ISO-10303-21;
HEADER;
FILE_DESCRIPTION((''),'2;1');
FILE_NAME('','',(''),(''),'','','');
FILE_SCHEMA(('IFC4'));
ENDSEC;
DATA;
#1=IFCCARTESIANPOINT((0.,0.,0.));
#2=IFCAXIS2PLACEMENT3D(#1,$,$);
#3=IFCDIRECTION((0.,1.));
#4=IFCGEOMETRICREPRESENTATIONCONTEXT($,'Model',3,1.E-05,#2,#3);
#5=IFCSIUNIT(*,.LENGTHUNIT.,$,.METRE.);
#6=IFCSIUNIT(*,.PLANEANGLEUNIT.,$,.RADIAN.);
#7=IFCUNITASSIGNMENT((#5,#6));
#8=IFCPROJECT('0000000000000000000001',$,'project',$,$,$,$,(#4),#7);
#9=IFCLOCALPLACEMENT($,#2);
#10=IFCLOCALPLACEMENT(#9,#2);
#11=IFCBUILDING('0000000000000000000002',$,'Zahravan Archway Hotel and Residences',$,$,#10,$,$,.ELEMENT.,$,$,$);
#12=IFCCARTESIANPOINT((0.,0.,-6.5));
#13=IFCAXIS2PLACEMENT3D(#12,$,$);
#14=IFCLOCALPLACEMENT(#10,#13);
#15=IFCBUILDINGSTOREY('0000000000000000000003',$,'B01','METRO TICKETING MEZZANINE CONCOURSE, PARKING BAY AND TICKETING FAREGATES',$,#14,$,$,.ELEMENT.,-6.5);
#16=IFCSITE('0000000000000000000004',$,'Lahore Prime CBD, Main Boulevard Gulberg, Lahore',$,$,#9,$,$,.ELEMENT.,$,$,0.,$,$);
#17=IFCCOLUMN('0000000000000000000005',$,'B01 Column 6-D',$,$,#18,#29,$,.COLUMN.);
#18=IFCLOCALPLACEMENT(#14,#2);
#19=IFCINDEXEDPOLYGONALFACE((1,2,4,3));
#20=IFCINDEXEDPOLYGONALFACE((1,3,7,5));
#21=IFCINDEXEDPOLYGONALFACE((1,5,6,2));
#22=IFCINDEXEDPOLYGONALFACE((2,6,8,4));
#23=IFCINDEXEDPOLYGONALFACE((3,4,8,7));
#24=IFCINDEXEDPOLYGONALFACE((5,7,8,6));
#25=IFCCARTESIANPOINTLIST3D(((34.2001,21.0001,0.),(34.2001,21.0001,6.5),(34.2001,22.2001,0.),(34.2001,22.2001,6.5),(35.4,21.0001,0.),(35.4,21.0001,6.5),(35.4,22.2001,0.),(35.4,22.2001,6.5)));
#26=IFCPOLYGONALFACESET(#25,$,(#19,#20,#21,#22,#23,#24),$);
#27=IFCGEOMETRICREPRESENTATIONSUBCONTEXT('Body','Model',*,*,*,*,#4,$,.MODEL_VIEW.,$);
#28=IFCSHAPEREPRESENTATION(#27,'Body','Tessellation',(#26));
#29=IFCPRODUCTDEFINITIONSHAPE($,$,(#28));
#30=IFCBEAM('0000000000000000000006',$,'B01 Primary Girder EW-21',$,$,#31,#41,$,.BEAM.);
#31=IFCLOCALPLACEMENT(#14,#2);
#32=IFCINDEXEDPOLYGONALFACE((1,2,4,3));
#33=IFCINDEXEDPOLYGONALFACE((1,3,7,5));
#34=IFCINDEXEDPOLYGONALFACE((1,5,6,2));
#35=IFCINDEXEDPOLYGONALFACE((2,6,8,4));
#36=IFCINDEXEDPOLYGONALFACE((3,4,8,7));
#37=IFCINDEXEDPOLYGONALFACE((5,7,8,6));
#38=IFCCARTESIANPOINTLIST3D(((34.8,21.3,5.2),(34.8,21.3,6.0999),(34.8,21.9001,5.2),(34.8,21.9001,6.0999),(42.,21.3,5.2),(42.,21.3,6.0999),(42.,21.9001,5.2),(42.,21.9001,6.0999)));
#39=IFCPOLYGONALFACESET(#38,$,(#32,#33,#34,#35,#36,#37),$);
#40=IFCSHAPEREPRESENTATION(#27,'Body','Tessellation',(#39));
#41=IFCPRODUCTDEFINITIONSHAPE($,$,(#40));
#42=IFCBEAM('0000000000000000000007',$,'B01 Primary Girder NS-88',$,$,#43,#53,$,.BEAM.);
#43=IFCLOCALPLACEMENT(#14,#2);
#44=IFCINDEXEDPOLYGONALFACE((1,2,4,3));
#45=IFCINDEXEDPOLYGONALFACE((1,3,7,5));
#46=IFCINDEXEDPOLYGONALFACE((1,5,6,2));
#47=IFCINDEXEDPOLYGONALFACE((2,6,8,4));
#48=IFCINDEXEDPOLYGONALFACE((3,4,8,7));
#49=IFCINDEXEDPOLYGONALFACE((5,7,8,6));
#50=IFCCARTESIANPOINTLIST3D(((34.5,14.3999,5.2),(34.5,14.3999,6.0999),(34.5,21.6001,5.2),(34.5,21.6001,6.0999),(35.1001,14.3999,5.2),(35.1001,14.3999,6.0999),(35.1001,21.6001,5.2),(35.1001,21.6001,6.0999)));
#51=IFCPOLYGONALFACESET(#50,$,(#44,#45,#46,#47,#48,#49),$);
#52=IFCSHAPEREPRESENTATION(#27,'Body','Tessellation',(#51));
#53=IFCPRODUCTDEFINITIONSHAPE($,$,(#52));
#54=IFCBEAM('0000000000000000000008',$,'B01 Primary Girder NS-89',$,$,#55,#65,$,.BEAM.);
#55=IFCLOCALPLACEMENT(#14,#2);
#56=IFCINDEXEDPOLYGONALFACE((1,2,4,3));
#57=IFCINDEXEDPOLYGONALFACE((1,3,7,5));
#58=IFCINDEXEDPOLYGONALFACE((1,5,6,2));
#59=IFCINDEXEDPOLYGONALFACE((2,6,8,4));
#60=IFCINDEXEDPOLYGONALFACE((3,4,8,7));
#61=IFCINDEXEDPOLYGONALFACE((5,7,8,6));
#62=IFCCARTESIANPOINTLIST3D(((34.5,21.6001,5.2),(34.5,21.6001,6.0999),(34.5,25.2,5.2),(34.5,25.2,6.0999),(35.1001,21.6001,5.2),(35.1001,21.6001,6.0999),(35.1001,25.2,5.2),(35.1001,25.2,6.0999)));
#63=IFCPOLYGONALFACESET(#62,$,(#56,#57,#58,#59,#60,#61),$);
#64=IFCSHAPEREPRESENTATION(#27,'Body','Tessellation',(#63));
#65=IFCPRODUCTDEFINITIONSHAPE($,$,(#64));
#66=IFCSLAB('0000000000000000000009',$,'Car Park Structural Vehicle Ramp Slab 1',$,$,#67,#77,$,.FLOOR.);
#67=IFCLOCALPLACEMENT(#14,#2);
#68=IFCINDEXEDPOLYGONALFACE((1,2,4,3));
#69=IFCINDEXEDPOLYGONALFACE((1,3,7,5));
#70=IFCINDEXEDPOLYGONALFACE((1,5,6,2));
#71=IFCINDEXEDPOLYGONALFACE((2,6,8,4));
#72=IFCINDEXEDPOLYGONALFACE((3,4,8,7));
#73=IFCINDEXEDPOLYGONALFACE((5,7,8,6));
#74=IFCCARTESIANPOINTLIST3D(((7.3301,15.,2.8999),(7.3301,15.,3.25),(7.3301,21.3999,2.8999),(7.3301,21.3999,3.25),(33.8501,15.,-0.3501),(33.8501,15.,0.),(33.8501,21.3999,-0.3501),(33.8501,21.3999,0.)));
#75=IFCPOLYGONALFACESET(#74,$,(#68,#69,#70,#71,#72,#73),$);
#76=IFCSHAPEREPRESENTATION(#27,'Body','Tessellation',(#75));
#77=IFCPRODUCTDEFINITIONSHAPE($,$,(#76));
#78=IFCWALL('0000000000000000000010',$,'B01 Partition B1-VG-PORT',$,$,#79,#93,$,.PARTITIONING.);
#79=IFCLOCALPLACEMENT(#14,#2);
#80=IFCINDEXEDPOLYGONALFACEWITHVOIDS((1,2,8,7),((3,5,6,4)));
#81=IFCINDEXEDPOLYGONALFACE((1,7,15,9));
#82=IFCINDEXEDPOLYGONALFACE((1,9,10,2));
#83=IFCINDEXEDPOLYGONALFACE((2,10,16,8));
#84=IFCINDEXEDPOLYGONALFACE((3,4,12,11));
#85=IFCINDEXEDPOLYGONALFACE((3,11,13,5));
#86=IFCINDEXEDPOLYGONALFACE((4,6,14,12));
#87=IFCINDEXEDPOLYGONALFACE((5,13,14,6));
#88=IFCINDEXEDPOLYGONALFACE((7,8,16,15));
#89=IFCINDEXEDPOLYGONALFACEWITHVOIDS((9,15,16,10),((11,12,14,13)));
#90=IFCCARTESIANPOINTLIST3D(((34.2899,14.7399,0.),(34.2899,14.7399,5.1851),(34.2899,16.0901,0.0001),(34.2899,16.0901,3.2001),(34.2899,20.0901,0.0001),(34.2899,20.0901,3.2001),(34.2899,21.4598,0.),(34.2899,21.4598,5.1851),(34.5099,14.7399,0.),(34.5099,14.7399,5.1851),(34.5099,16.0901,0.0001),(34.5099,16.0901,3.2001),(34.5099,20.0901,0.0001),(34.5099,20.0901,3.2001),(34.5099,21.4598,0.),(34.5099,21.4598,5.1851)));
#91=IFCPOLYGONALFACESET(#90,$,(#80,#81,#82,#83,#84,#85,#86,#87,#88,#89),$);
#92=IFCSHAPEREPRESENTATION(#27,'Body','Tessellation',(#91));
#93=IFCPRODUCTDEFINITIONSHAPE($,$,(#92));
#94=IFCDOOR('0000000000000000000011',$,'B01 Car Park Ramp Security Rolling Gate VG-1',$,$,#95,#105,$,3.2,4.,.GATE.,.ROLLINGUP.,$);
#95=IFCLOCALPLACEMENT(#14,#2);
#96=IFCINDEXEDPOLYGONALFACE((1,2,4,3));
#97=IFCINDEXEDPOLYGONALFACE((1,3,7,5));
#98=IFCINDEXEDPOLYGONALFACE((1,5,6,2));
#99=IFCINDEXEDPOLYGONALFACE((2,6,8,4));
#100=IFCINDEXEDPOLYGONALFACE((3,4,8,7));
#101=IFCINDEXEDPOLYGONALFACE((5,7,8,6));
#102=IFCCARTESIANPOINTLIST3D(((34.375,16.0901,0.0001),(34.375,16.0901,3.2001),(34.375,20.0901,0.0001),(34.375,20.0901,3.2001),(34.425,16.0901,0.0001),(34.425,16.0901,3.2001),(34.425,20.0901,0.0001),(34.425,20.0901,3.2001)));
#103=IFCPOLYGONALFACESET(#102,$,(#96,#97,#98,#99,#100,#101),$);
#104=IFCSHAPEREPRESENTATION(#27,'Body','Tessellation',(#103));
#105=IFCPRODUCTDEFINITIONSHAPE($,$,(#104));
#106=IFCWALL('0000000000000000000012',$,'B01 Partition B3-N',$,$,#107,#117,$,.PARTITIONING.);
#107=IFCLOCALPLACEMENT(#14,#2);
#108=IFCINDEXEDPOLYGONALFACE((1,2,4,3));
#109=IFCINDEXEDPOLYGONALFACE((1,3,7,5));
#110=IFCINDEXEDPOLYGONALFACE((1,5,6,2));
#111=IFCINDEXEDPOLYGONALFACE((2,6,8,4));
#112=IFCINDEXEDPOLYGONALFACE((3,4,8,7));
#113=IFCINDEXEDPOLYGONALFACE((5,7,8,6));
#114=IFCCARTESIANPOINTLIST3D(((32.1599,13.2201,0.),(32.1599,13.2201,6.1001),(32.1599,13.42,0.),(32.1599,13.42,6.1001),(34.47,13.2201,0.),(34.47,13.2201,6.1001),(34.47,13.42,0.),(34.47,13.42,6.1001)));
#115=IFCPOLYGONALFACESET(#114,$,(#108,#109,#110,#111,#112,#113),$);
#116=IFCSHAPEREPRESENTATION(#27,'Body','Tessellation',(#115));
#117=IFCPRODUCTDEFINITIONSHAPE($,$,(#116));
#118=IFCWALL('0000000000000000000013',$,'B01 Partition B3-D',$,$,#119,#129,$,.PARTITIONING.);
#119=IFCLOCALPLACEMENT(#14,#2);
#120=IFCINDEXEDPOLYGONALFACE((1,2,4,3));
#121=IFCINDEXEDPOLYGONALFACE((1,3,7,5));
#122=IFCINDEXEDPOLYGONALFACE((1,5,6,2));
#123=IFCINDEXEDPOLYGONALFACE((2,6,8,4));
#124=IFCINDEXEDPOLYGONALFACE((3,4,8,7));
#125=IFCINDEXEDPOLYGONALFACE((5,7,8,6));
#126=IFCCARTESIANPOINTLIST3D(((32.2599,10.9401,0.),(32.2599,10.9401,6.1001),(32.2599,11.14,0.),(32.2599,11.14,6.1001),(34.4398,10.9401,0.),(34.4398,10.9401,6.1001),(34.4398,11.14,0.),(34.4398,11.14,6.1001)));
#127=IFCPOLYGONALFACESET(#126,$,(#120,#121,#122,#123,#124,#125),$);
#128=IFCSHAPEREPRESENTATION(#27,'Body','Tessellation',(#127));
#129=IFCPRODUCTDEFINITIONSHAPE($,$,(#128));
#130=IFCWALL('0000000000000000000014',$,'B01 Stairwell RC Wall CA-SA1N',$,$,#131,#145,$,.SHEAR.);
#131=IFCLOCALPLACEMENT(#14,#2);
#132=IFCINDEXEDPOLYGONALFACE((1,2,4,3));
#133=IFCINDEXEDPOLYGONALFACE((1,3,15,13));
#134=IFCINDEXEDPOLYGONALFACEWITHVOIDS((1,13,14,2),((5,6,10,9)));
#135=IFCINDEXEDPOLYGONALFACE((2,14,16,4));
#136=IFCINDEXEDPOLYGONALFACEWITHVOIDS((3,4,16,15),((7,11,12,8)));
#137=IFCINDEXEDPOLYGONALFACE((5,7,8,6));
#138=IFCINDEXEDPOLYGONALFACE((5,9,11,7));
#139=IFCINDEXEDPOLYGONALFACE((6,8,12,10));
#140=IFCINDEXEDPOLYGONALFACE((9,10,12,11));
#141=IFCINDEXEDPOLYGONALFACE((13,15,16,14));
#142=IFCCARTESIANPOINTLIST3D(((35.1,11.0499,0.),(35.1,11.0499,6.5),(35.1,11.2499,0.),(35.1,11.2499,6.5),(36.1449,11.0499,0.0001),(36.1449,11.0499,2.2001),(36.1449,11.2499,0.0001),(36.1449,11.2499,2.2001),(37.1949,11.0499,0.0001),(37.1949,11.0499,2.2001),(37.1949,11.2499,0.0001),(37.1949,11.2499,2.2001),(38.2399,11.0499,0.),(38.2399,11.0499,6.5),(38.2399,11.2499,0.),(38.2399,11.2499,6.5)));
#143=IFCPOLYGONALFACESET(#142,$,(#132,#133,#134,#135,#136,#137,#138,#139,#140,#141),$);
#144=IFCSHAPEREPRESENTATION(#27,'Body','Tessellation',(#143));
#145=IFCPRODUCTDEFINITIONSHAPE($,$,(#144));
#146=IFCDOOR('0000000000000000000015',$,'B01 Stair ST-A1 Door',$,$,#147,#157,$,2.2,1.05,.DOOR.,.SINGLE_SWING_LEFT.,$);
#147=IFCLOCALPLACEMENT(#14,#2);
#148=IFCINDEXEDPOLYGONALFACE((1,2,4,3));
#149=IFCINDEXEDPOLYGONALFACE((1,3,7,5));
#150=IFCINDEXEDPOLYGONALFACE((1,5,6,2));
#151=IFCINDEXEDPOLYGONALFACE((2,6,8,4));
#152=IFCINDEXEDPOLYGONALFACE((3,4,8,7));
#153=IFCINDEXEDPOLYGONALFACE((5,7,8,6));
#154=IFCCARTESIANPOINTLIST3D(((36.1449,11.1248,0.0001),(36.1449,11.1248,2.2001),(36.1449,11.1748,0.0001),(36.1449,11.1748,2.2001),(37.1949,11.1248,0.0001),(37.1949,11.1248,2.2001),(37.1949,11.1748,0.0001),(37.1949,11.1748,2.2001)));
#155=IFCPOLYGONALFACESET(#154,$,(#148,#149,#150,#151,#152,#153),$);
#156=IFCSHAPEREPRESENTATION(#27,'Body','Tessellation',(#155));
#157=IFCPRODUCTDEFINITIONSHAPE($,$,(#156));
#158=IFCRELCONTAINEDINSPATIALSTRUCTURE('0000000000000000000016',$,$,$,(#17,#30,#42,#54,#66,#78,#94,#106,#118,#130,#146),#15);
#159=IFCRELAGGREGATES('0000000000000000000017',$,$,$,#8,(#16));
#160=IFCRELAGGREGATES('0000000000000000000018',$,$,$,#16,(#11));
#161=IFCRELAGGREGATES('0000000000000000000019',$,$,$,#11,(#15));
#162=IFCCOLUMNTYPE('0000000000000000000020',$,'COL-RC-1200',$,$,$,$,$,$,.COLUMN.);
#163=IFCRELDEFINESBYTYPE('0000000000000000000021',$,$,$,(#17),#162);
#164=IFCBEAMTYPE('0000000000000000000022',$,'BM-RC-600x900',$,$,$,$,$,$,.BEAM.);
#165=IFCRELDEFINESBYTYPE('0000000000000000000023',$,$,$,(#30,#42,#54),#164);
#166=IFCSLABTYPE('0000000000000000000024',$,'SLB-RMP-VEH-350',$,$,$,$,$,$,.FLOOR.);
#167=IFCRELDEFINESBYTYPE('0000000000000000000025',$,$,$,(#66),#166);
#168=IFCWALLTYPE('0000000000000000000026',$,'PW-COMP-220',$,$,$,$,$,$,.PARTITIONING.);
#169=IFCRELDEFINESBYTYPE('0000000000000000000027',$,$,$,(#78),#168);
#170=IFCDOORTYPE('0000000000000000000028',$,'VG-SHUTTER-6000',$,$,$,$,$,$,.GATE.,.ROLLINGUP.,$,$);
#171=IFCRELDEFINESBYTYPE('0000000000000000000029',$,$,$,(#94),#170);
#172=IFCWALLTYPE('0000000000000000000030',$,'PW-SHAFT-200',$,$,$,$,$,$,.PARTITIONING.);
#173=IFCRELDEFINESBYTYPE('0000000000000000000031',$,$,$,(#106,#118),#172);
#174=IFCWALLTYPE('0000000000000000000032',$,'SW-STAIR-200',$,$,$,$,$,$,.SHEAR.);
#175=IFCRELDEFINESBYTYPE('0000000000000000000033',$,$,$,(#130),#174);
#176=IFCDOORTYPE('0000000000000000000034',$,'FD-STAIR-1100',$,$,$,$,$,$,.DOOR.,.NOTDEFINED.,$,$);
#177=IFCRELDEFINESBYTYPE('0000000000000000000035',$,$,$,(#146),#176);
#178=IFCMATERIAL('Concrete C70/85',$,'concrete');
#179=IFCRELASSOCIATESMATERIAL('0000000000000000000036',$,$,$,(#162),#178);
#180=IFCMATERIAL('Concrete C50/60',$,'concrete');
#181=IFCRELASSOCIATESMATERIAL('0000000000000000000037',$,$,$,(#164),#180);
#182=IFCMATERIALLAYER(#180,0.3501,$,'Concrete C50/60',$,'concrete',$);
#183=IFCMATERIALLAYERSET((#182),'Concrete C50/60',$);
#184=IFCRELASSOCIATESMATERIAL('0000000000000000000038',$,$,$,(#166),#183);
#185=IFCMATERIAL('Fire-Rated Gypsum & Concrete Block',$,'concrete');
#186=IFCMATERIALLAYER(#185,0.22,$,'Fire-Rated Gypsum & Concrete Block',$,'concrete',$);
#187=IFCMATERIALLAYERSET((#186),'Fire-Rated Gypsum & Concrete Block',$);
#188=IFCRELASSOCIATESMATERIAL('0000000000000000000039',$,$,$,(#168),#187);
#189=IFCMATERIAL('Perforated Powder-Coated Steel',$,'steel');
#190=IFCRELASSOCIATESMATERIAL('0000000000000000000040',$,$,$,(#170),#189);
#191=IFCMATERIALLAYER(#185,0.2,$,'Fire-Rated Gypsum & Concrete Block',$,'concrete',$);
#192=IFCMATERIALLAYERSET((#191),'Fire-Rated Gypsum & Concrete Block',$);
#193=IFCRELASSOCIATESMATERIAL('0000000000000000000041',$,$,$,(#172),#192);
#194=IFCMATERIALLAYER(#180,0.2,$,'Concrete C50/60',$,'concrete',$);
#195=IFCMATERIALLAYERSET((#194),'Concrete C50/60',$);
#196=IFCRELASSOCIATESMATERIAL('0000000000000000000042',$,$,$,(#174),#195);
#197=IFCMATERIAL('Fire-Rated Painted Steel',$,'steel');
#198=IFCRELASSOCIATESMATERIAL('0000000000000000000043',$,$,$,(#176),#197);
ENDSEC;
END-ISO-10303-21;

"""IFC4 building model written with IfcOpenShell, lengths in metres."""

from ifc_helpers import new_model, si_unit, direction, frame, frame_2d, origin, origin_2d, place, context, subcontext, project, spatial, polyline, rectangle, outline, extrude, source, transform, mapped, material, layer, layer_set, material_profile, profile_set, type_object, type_shapes, element, fill, save


model = new_model("IFC4")

# Units and contexts
model_context = context("Model", 3, precision=1e-05, world=origin(), true_north=direction((0.0, 1.0)))
body_context = subcontext(model_context, "Body", "Model", "MODEL_VIEW")
ifc_project = project(units=[si_unit("LENGTHUNIT", "METRE"), si_unit("PLANEANGLEUNIT", "RADIAN")], contexts=[model_context])

# Site, building, storey
site_placement = place(None, origin())
site = spatial("IfcSite", under=ifc_project, at=site_placement, Name="Lahore Prime CBD, Main Boulevard Gulberg, Lahore", CompositionType="ELEMENT", RefElevation=0.0)
building_placement = place(site_placement, origin())
building = spatial("IfcBuilding", under=site, at=building_placement, Name="Zahravan Archway Hotel and Residences", CompositionType="ELEMENT")
storey_placement = place(building_placement, frame((0.0, 0.0, -6.5)))
storey = spatial("IfcBuildingStorey", under=building, at=storey_placement, Name="B01", Description="METRO TICKETING MEZZANINE CONCOURSE, PARKING BAY AND TICKETING FAREGATES", CompositionType="ELEMENT", Elevation=-6.5)

# Column
ifc_material_1 = material(Name="Concrete C70/85", Category="concrete")
ifc_material_profile_1 = material_profile(ifc_material_1, rectangle(XDim=1.2, YDim=1.2, at=origin_2d()), Name="RC-COL-1200x1200", Category="concrete")
ifc_profile_set_1 = profile_set([ifc_material_profile_1], Name="Concrete C70/85")
column_type = type_object("IfcColumnType", Name="COL-RC-1200", PredefinedType="COLUMN", material=ifc_profile_set_1)
shared_shape_1 = source(origin(), body_context, "Body", "SweptSolid", [
    extrude(rectangle(XDim=1.2, YDim=1.2, at=origin_2d()), origin(), (0.0, 0.0, 1.0), 6.5),
])
column_placement = place(storey_placement, frame((34.8, 21.6001, 0.0), z_axis=(0.0, 0.0, 1.0), x_axis=(1.0, 0.0, 0.0)))
element("IfcColumn", 1, at=column_placement, inside=storey, type_object=column_type, Name="B01 Column 6-D", PredefinedType="COLUMN", context=body_context, shape_type="MappedRepresentation", body=[
    mapped(shared_shape_1, transform((0.0, 0.0, 0.0), scale=1.0)),
])

# Beams
ifc_material_2 = material(Name="Concrete C50/60", Category="concrete")
ifc_material_profile_2 = material_profile(ifc_material_2, rectangle(XDim=0.6001, YDim=0.8999, at=origin_2d()), Name="RC-BM-600x900", Category="concrete")
ifc_profile_set_2 = profile_set([ifc_material_profile_2], Name="Concrete C50/60")
beam_type = type_object("IfcBeamType", Name="BM-RC-600x900", PredefinedType="BEAM", material=ifc_profile_set_2)
shared_shape_2 = source(origin(), body_context, "Body", "SweptSolid", [
    extrude(rectangle(XDim=0.6001, YDim=0.8999, at=origin_2d()), origin(), (0.0, 0.0, 1.0), 7.2),
])
beam_1_placement = place(storey_placement, frame((34.8, 21.6001, 5.6499), z_axis=(1.0, 0.0, 0.0), x_axis=(0.0, 1.0, 0.0)))
element("IfcBeam", 2, at=beam_1_placement, inside=storey, type_object=beam_type, Name="B01 Primary Girder EW-21", PredefinedType="BEAM", context=body_context, shape_type="MappedRepresentation", body=[
    mapped(shared_shape_2, transform((0.0, 0.0, 0.0), scale=1.0)),
])
shared_shape_3 = source(origin(), body_context, "Body", "SweptSolid", [
    extrude(rectangle(XDim=0.6001, YDim=0.8999, at=origin_2d()), origin(), (0.0, 0.0, 1.0), 7.2002),
])
beam_2_placement = place(storey_placement, frame((34.8, 14.3999, 5.6499), z_axis=(0.0, 1.0, 0.0), x_axis=(-1.0, 0.0, 0.0)))
element("IfcBeam", 3, at=beam_2_placement, inside=storey, type_object=beam_type, Name="B01 Primary Girder NS-88", PredefinedType="BEAM", context=body_context, shape_type="MappedRepresentation", body=[
    mapped(shared_shape_3, transform((0.0, 0.0, 0.0), scale=1.0)),
])
shared_shape_4 = source(origin(), body_context, "Body", "SweptSolid", [
    extrude(rectangle(XDim=0.6001, YDim=0.8999, at=origin_2d()), origin(), (0.0, 0.0, 1.0), 3.5999),
])
beam_3_placement = place(storey_placement, frame((34.8, 21.6001, 5.6499), z_axis=(0.0, 1.0, 0.0), x_axis=(-1.0, 0.0, 0.0)))
element("IfcBeam", 4, at=beam_3_placement, inside=storey, type_object=beam_type, Name="B01 Primary Girder NS-89", PredefinedType="BEAM", context=body_context, shape_type="MappedRepresentation", body=[
    mapped(shared_shape_4, transform((0.0, 0.0, 0.0), scale=1.0)),
])

# Slab
ifc_layer_1 = layer(ifc_material_2, 0.3501, Name="Concrete C50/60", Category="concrete")
ifc_layer_set_1 = layer_set([ifc_layer_1], Name="Concrete C50/60")
slab_type = type_object("IfcSlabType", Name="SLB-RMP-VEH-350", PredefinedType="FLOOR", material=ifc_layer_set_1)
slab_placement = place(storey_placement, frame((33.8501, 15.0, 0.0), z_axis=(0.0, 1.0, 0.0), x_axis=(-1.0, 0.0, 0.0)))
element("IfcSlab", 5, at=slab_placement, inside=storey, type_object=slab_type, Name="Car Park Structural Vehicle Ramp Slab 1", PredefinedType="FLOOR", context=body_context, shape_type="SweptSolid", body=[
    extrude(outline(polyline([(0.0, 0.0), (26.52, 3.25), (26.52, 2.8999), (0.0, -0.3501), (0.0, 0.0)])), origin(), (0.0, 0.0, 1.0), 6.3999),
])

# Shared definitions
ifc_material_3 = material(Name="Fire-Rated Painted Steel", Category="steel")

# Wall, opening, door
ifc_material_4 = material(Name="Fire-Rated Gypsum & Concrete Block", Category="concrete")
ifc_layer_2 = layer(ifc_material_4, 0.22, Name="Fire-Rated Gypsum & Concrete Block", Category="concrete")
ifc_layer_set_2 = layer_set([ifc_layer_2], Name="Fire-Rated Gypsum & Concrete Block")
wall_type_1 = type_object("IfcWallType", Name="PW-COMP-220", PredefinedType="PARTITIONING", material=ifc_layer_set_2)
wall_1_placement = place(storey_placement, frame((34.3999, 14.74, 0.0), z_axis=(0.0, 0.0, 1.0), x_axis=(0.0, 1.0, 0.0)))
wall_1 = element("IfcWall", 6, at=wall_1_placement, inside=storey, type_object=wall_type_1, Name="B01 Partition B1-VG-PORT", PredefinedType="PARTITIONING", context=body_context, shape_type="SweptSolid", body=[
    extrude(rectangle(XDim=6.72, YDim=0.22, at=frame_2d((3.3599, 0.0))), origin(), (0.0, 0.0, 1.0), 5.1851),
])
opening_1_placement = place(wall_1_placement, frame((1.3501, 0.0, 0.0)))
opening_1 = element("IfcOpeningElement", 7, at=opening_1_placement, cuts=wall_1, PredefinedType="OPENING", context=body_context, shape_type="SweptSolid", body=[
    extrude(rectangle(XDim=4.0, YDim=3.2, at=frame_2d((2.0, 1.6001))), frame((0.0, 0.1201, 0.0), z_axis=(0.0, -1.0, 0.0), x_axis=(1.0, 0.0, 0.0)), (0.0, 0.0, 1.0), 0.24),
])
ifc_material_5 = material(Name="Perforated Powder-Coated Steel", Category="steel")
door_type_1 = type_object("IfcDoorType", Name="VG-SHUTTER-6000", OperationType="ROLLINGUP", PredefinedType="GATE", material=ifc_material_5)
shared_shape_5 = source(origin(), body_context, "Body", "SweptSolid", [
    extrude(rectangle(XDim=4.0, YDim=3.2, at=frame_2d((2.0, 1.6001))), frame((0.0, 0.0249, 0.0), z_axis=(0.0, -1.0, 0.0), x_axis=(1.0, 0.0, 0.0)), (0.0, 0.0, 1.0), 0.05),
])
type_shapes(door_type_1, [shared_shape_5])
door_1_placement = place(opening_1_placement, origin())
door_1 = element("IfcDoor", 8, at=door_1_placement, inside=storey, type_object=door_type_1, Name="B01 Car Park Ramp Security Rolling Gate VG-1", OperationType="ROLLINGUP", OverallHeight=3.2, OverallWidth=4.0, PredefinedType="GATE", context=body_context, shape_type="MappedRepresentation", body=[
    mapped(shared_shape_5, transform((0.0, 0.0, 0.0), scale=1.0)),
])
fill(opening_1, door_1)

# Walls
ifc_layer_3 = layer(ifc_material_4, 0.2, Name="Fire-Rated Gypsum & Concrete Block", Category="concrete")
ifc_layer_set_3 = layer_set([ifc_layer_3], Name="Fire-Rated Gypsum & Concrete Block")
wall_type_2 = type_object("IfcWallType", Name="PW-SHAFT-200", PredefinedType="PARTITIONING", material=ifc_layer_set_3)
wall_2_placement = place(storey_placement, frame((32.1599, 13.3201, 0.0), z_axis=(0.0, 0.0, 1.0), x_axis=(1.0, 0.0, 0.0)))
element("IfcWall", 9, at=wall_2_placement, inside=storey, type_object=wall_type_2, Name="B01 Partition B3-N", PredefinedType="PARTITIONING", context=body_context, shape_type="SweptSolid", body=[
    extrude(rectangle(XDim=2.3101, YDim=0.2, at=frame_2d((1.155, 0.0))), origin(), (0.0, 0.0, 1.0), 6.1001),
])
wall_3_placement = place(storey_placement, frame((32.26, 11.04, 0.0), z_axis=(0.0, 0.0, 1.0), x_axis=(1.0, 0.0, 0.0)))
element("IfcWall", 10, at=wall_3_placement, inside=storey, type_object=wall_type_2, Name="B01 Partition B3-D", PredefinedType="PARTITIONING", context=body_context, shape_type="SweptSolid", body=[
    extrude(rectangle(XDim=2.1799, YDim=0.2, at=frame_2d((1.0898, 0.0))), origin(), (0.0, 0.0, 1.0), 6.1001),
])

# Wall, opening, door
ifc_layer_4 = layer(ifc_material_2, 0.2, Name="Concrete C50/60", Category="concrete")
ifc_layer_set_4 = layer_set([ifc_layer_4], Name="Concrete C50/60")
wall_type_3 = type_object("IfcWallType", Name="SW-STAIR-200", PredefinedType="SHEAR", material=ifc_layer_set_4)
wall_4_placement = place(storey_placement, frame((35.1001, 11.1499, 0.0), z_axis=(0.0, 0.0, 1.0), x_axis=(1.0, 0.0, 0.0)))
wall_4 = element("IfcWall", 11, at=wall_4_placement, inside=storey, type_object=wall_type_3, Name="B01 Stairwell RC Wall CA-SA1N", PredefinedType="SHEAR", context=body_context, shape_type="SweptSolid", body=[
    extrude(rectangle(XDim=3.1399, YDim=0.2, at=frame_2d((1.5698, 0.0))), origin(), (0.0, 0.0, 1.0), 6.5),
])
opening_2_placement = place(wall_4_placement, frame((1.0449, 0.0, 0.0)))
opening_2 = element("IfcOpeningElement", 12, at=opening_2_placement, cuts=wall_4, PredefinedType="OPENING", context=body_context, shape_type="SweptSolid", body=[
    extrude(rectangle(XDim=1.05, YDim=2.2, at=frame_2d((0.5249, 1.1001))), frame((0.0, 0.1099, 0.0), z_axis=(0.0, -1.0, 0.0), x_axis=(1.0, 0.0, 0.0)), (0.0, 0.0, 1.0), 0.22),
])
door_type_2 = type_object("IfcDoorType", Name="FD-STAIR-1100", OperationType="NOTDEFINED", PredefinedType="DOOR", material=ifc_material_3)
shared_shape_6 = source(origin(), body_context, "Body", "SweptSolid", [
    extrude(rectangle(XDim=1.05, YDim=2.2, at=frame_2d((0.5249, 1.1001))), frame((0.0, 0.0249, 0.0), z_axis=(0.0, -1.0, 0.0), x_axis=(1.0, 0.0, 0.0)), (0.0, 0.0, 1.0), 0.05),
])
type_shapes(door_type_2, [shared_shape_6])
door_2_placement = place(opening_2_placement, origin())
door_2 = element("IfcDoor", 13, at=door_2_placement, inside=storey, type_object=door_type_2, Name="B01 Stair ST-A1 Door", OperationType="SINGLE_SWING_LEFT", OverallHeight=2.2, OverallWidth=1.05, PredefinedType="DOOR", context=body_context, shape_type="MappedRepresentation", body=[
    mapped(shared_shape_6, transform((0.0, 0.0, 0.0), scale=1.0)),
])
fill(opening_2, door_2)

save(model, "model.ifc")
